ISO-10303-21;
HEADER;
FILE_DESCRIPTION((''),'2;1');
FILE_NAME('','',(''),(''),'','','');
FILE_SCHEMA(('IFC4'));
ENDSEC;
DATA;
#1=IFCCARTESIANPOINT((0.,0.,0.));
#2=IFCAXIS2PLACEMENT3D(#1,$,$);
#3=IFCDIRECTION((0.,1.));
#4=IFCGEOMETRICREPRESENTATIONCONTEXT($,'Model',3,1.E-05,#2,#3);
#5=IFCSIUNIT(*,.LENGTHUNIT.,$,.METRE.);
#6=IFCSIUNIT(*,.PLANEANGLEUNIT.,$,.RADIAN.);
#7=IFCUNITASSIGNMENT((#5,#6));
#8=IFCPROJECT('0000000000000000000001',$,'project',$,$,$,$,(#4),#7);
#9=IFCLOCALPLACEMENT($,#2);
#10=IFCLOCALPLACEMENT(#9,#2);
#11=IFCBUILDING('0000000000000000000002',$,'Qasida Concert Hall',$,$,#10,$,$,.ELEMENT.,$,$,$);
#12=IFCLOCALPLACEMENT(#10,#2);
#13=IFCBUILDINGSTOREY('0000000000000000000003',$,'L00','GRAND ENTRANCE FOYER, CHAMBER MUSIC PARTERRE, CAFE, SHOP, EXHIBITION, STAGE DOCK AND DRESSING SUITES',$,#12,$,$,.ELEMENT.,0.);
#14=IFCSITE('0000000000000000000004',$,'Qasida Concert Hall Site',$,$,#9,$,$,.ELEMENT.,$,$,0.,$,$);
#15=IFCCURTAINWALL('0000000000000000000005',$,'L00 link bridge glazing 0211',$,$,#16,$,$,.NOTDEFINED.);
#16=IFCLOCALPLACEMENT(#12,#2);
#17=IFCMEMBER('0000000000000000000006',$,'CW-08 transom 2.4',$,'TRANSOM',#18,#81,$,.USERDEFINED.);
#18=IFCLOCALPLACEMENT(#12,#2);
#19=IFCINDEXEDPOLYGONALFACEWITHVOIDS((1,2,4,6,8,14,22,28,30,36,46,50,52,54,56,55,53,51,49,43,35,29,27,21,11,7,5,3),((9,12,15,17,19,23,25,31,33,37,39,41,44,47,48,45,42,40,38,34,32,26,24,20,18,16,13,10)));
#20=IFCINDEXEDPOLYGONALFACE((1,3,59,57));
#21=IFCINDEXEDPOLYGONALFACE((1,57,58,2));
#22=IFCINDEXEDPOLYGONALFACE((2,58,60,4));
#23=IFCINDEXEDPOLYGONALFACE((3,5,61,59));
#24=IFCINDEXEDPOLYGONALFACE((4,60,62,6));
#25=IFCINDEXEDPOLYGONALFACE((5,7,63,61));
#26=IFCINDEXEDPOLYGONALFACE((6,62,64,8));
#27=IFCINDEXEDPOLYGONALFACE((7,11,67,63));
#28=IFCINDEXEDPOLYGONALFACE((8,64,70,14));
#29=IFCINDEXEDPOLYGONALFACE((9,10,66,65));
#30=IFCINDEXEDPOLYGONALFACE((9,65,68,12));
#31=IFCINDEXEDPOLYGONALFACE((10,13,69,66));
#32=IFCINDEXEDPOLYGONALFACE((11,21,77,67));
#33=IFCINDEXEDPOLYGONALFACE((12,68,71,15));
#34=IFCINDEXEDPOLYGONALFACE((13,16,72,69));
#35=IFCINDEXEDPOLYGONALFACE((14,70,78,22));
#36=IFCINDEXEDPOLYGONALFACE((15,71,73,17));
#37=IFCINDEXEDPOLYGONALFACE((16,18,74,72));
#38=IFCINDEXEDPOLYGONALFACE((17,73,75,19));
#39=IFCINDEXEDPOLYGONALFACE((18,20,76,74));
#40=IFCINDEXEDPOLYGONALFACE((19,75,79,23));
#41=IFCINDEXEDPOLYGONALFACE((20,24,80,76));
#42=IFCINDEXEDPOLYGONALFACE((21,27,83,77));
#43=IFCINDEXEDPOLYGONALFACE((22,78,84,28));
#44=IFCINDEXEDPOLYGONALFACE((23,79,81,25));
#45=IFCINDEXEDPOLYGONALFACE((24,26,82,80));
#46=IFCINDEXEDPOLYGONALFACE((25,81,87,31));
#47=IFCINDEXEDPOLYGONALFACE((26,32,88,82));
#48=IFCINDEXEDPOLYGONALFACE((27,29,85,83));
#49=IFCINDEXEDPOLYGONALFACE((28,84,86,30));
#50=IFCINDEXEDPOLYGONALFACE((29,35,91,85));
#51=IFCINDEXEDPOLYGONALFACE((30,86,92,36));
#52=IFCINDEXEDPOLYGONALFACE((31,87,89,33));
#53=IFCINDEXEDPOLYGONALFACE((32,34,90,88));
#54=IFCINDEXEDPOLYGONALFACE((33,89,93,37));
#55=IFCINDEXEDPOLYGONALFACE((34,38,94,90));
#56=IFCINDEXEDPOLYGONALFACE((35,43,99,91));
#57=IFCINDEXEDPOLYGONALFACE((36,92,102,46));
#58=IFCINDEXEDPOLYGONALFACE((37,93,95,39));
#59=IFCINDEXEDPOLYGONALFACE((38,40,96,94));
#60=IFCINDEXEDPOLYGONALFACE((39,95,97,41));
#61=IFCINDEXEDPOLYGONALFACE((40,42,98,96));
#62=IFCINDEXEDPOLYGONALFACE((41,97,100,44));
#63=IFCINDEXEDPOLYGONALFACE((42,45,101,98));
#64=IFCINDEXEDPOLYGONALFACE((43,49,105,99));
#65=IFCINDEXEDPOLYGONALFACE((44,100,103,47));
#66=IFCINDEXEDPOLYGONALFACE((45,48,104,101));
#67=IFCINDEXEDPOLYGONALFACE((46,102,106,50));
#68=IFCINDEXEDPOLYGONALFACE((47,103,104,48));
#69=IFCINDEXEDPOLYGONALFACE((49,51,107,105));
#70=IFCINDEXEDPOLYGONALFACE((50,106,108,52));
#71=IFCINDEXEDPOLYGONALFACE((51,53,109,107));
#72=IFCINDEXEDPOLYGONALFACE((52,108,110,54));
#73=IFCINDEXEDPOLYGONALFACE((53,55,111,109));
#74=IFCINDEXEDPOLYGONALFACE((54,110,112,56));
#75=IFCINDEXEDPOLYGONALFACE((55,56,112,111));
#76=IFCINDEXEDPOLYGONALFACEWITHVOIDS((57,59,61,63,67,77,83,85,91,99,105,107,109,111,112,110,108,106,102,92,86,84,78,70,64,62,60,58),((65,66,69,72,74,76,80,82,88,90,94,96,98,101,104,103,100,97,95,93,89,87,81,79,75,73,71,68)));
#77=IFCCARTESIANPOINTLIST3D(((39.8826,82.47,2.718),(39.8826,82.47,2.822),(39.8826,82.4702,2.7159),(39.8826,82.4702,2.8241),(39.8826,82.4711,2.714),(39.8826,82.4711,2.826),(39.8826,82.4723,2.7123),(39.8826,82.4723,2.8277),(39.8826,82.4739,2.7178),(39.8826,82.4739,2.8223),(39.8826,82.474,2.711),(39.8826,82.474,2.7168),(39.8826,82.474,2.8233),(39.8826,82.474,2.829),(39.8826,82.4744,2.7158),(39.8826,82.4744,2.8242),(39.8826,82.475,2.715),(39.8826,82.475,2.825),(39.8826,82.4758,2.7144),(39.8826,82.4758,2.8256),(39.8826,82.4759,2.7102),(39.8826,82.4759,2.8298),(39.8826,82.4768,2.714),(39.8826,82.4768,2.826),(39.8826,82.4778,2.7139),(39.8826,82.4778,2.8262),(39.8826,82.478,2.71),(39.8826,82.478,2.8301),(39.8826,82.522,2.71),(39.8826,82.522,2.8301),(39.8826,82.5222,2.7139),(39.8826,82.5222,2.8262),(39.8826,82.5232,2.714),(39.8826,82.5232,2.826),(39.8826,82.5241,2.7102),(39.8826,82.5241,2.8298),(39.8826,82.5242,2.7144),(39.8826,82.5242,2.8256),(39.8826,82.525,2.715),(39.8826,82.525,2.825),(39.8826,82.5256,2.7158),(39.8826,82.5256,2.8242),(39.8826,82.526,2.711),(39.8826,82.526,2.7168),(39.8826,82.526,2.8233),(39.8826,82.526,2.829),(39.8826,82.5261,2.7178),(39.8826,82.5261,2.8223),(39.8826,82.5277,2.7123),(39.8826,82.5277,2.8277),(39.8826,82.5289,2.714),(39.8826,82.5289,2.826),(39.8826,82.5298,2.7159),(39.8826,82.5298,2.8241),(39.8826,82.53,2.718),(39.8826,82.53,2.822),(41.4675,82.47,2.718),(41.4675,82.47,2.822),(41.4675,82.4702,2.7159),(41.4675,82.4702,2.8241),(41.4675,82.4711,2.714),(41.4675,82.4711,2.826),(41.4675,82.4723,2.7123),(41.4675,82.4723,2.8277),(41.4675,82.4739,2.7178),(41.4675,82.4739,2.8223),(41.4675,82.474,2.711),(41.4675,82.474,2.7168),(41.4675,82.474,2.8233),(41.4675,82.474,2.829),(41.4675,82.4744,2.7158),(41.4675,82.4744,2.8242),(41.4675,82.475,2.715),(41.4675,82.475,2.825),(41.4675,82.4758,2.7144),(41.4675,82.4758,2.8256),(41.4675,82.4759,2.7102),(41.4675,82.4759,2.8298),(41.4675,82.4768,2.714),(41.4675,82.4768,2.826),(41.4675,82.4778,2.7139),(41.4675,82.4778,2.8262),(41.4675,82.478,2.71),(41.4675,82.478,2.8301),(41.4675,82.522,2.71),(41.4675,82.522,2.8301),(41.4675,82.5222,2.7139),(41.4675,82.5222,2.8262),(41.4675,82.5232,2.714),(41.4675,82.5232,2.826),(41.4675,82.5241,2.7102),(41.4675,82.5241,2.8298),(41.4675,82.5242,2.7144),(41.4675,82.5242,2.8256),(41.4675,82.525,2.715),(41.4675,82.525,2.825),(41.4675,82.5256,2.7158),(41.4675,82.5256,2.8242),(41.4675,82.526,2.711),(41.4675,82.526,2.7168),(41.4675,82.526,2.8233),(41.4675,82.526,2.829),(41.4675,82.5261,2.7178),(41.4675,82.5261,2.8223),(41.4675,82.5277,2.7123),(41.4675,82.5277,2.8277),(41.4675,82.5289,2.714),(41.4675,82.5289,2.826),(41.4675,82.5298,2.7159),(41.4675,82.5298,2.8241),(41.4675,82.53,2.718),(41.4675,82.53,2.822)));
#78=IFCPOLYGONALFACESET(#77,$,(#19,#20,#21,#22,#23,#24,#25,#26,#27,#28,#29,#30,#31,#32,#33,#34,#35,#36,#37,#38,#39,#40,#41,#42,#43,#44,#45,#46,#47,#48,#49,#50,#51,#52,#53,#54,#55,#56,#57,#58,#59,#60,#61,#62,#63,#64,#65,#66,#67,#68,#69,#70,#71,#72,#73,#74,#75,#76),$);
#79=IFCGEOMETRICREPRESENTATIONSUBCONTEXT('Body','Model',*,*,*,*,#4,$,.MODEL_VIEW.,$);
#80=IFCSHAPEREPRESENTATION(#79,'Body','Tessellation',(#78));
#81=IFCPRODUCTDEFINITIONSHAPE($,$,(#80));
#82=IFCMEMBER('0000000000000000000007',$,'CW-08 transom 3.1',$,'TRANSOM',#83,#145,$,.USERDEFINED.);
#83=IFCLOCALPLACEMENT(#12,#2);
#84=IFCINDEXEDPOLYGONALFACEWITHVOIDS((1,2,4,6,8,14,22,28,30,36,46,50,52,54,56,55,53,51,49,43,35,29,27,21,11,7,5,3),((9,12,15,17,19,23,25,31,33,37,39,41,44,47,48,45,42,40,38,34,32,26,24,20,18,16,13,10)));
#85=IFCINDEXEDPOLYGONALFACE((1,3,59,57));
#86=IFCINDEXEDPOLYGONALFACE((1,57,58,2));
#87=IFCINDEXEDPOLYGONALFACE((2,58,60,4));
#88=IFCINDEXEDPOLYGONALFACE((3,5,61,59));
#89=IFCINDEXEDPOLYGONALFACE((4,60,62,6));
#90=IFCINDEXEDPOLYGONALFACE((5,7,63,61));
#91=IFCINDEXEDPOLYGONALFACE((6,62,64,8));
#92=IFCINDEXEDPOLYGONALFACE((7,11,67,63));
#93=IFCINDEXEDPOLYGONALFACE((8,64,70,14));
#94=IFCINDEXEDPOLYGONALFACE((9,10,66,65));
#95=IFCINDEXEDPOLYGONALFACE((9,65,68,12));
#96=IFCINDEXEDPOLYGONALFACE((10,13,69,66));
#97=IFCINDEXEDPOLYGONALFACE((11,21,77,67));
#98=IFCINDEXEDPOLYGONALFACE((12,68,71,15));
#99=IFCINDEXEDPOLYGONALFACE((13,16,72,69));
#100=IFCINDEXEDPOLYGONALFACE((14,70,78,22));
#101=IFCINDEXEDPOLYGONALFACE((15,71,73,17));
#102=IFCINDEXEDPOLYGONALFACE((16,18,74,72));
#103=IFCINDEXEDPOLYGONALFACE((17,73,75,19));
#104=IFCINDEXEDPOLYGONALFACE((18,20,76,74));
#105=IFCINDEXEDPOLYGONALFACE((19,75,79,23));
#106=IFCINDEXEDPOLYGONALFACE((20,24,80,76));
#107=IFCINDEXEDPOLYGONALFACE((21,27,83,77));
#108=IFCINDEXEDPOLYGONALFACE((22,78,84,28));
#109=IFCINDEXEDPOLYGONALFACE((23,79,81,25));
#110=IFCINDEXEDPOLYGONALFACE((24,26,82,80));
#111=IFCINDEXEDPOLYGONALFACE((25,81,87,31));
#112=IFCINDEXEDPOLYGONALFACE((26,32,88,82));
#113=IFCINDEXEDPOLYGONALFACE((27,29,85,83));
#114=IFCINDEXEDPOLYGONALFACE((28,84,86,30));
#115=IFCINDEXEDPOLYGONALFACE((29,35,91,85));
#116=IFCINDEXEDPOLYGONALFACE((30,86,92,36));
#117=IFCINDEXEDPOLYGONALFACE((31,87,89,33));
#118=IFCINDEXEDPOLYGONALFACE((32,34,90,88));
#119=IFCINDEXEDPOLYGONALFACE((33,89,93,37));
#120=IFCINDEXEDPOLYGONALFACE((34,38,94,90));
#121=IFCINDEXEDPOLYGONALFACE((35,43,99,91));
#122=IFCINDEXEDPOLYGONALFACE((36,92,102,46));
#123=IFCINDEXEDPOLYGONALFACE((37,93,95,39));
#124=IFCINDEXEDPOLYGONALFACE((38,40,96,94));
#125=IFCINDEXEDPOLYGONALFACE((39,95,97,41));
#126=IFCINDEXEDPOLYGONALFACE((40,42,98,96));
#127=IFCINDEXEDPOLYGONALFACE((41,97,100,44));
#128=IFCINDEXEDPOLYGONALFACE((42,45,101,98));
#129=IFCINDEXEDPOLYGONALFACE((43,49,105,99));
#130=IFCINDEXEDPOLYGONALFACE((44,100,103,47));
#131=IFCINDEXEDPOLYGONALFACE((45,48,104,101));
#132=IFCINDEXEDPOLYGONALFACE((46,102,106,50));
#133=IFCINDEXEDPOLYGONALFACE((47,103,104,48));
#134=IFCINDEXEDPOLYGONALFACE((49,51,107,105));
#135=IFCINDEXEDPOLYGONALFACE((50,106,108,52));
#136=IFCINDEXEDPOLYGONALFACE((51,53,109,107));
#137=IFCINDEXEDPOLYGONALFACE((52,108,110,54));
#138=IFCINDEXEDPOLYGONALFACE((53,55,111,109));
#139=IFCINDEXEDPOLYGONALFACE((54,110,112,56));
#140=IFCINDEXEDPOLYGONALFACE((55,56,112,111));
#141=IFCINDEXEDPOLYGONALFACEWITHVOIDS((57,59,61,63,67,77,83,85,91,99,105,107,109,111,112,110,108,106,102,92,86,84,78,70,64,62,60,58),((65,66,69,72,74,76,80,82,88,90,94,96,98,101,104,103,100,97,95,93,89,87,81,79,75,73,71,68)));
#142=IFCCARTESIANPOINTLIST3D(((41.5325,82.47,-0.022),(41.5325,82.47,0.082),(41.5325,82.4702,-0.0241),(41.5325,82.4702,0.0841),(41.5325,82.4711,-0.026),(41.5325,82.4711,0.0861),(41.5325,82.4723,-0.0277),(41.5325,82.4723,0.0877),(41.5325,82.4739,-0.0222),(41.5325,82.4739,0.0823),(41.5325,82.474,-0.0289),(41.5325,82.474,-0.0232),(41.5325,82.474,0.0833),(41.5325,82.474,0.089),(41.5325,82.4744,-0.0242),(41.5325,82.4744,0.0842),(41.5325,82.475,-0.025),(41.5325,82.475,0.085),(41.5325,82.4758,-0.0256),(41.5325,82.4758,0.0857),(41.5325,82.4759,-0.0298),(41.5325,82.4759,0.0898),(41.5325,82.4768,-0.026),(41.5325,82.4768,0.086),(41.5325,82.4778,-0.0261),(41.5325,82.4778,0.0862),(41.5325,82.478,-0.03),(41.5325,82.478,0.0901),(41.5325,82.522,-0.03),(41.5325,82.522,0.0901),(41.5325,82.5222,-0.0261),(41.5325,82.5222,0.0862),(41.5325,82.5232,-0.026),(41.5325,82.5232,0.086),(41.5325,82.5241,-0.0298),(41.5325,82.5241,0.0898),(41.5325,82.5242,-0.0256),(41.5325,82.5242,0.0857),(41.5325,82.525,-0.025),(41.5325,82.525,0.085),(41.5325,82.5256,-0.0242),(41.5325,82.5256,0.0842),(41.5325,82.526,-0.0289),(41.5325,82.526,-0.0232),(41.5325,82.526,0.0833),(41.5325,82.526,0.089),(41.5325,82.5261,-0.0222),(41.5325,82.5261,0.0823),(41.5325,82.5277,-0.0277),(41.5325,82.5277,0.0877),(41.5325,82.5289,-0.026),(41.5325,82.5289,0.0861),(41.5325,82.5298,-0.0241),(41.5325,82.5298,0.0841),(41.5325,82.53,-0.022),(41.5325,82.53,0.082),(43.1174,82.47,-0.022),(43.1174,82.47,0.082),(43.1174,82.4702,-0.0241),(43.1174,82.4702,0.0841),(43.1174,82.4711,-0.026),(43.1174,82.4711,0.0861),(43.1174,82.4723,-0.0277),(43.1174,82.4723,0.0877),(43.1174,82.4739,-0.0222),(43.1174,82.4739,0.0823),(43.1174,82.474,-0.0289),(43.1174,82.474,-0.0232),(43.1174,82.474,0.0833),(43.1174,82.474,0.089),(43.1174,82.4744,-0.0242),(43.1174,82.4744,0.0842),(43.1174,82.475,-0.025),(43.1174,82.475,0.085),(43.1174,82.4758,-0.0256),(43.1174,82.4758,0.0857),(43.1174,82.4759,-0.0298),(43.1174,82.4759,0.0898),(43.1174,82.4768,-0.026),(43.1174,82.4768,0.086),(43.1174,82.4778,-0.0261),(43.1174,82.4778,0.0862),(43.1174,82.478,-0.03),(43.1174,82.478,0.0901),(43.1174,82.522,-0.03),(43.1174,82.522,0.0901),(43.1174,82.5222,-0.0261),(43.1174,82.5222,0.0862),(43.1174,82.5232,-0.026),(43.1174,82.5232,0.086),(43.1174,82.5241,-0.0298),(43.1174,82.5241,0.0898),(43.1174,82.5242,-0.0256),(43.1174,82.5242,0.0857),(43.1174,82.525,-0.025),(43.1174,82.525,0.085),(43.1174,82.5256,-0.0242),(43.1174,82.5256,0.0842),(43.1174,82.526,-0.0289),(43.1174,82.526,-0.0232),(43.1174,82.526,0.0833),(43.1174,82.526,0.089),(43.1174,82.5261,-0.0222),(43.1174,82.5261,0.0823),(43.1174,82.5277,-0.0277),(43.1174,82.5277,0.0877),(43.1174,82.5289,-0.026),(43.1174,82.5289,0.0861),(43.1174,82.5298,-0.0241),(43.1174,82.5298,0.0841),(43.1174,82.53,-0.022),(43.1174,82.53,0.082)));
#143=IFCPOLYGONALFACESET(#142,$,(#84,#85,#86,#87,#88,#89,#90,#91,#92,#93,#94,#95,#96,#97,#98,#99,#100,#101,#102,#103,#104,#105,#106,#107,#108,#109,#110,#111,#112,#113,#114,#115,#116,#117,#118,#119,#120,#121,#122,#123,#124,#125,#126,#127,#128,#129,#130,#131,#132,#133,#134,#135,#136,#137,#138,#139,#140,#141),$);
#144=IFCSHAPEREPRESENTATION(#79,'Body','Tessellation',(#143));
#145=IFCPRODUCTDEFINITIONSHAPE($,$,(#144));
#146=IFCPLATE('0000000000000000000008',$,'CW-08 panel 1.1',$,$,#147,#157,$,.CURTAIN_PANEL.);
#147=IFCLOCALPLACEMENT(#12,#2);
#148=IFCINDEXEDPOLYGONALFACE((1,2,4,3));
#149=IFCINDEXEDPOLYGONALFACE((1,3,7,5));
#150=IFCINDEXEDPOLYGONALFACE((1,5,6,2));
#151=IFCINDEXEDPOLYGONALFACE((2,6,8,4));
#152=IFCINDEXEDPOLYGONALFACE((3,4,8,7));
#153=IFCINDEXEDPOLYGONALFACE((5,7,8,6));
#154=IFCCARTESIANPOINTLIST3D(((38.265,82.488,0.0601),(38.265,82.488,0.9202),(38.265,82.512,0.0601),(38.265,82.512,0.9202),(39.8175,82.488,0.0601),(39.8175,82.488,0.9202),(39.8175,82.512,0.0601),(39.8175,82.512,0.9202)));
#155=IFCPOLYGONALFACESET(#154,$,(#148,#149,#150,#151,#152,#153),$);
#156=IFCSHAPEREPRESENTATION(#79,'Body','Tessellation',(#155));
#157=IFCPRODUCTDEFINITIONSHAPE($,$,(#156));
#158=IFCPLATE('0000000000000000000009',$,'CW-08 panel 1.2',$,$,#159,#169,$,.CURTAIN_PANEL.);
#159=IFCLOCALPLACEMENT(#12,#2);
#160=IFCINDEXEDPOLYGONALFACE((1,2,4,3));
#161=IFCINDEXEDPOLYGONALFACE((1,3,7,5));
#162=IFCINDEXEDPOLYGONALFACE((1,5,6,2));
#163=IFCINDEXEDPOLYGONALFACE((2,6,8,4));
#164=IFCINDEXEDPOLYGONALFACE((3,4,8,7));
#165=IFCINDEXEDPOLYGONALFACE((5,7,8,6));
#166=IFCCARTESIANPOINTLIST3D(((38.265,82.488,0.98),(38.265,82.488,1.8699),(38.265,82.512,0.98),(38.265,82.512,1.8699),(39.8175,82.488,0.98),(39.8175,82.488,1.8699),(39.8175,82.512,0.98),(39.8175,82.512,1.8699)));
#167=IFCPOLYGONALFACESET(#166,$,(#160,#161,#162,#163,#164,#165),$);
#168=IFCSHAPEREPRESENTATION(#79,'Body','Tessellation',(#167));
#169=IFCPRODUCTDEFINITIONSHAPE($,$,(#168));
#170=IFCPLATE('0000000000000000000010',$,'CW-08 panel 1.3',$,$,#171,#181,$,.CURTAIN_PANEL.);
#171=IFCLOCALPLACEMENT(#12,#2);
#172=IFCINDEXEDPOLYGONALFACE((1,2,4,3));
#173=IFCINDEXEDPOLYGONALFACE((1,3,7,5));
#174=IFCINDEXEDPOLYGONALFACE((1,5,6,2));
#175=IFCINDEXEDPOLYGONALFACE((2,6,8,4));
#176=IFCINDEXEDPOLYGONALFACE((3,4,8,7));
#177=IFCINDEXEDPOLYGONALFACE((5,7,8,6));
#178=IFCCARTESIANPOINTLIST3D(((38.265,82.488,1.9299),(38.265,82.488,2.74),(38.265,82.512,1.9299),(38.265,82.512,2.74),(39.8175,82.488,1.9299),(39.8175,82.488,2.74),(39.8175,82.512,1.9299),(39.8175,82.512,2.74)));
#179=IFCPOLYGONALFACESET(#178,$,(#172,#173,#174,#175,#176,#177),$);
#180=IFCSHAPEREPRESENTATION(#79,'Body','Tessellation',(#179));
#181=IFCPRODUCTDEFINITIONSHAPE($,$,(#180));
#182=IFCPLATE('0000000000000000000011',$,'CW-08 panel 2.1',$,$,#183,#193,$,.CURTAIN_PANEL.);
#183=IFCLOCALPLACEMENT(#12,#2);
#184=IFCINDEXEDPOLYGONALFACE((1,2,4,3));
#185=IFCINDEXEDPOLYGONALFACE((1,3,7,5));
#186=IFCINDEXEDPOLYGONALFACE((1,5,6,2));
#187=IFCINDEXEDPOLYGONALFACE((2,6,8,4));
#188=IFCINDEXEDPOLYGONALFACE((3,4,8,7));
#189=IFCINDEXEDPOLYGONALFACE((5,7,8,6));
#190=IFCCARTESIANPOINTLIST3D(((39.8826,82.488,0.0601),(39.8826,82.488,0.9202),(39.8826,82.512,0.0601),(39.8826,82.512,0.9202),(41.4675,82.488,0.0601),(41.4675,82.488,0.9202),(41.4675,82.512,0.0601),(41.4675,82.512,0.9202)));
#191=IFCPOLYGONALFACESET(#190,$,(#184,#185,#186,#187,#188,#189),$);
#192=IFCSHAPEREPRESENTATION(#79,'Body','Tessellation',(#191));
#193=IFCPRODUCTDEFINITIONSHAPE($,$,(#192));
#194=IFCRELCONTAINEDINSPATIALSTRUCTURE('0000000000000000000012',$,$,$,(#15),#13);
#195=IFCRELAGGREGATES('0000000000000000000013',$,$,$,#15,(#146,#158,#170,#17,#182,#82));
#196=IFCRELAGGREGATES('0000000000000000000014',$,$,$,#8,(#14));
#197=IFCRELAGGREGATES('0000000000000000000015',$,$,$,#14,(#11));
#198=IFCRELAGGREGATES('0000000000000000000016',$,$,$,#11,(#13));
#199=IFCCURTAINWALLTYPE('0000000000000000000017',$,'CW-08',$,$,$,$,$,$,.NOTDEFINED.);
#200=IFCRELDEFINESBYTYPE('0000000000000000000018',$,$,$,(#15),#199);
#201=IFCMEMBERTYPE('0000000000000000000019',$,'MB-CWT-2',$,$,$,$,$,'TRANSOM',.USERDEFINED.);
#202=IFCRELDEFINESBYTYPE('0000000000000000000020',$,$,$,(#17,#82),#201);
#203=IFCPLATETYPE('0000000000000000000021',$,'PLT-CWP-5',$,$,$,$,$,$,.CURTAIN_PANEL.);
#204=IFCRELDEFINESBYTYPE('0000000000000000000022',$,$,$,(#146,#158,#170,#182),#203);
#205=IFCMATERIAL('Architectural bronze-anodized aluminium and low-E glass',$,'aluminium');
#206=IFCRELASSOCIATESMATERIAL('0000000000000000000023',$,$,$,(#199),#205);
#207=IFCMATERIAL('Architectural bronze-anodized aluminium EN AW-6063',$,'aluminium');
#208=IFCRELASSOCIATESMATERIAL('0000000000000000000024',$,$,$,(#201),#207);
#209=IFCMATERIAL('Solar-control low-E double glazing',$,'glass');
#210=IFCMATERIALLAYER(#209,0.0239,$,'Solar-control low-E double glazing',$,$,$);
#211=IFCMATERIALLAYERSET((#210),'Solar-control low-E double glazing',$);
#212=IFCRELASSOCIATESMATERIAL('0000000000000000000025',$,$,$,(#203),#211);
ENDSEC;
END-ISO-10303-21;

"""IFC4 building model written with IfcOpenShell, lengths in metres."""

from ifc_helpers import new_model, si_unit, direction, frame, origin, origin_2d, place, context, subcontext, project, spatial, rectangle, hollow_rectangle, extrude, material, layer, layer_set, material_profile, profile_set, type_object, element, aggregate, save


model = new_model("IFC4")

# Units and contexts
model_context = context("Model", 3, precision=1e-05, world=origin(), true_north=direction((0.0, 1.0)))
body_context = subcontext(model_context, "Body", "Model", "MODEL_VIEW")
ifc_project = project(units=[si_unit("LENGTHUNIT", "METRE"), si_unit("PLANEANGLEUNIT", "RADIAN")], contexts=[model_context])

# Site, building, storey
site_placement = place(None, origin())
site = spatial("IfcSite", under=ifc_project, at=site_placement, Name="Qasida Concert Hall Site", CompositionType="ELEMENT", RefElevation=0.0)
building_placement = place(site_placement, origin())
building = spatial("IfcBuilding", under=site, at=building_placement, Name="Qasida Concert Hall", CompositionType="ELEMENT")
storey_placement = place(building_placement, origin())
storey = spatial("IfcBuildingStorey", under=building, at=storey_placement, Name="L00", Description="GRAND ENTRANCE FOYER, CHAMBER MUSIC PARTERRE, CAFE, SHOP, EXHIBITION, STAGE DOCK AND DRESSING SUITES", CompositionType="ELEMENT", Elevation=0.0)

# Curtain wall, members, plates
ifc_material_1 = material(Name="Architectural bronze-anodized aluminium and low-E glass", Category="aluminium")
curtain_wall_type = type_object("IfcCurtainWallType", Name="CW-08", PredefinedType="NOTDEFINED", material=ifc_material_1)
curtain_wall_placement = place(storey_placement, origin())
curtain_wall = element("IfcCurtainWall", 1, at=curtain_wall_placement, inside=storey, type_object=curtain_wall_type, Name="L00 link bridge glazing 0211", PredefinedType="NOTDEFINED")
ifc_material_2 = material(Name="Architectural bronze-anodized aluminium EN AW-6063", Category="aluminium")
ifc_material_profile_1 = material_profile(ifc_material_2, hollow_rectangle(XDim=0.0601, YDim=0.1201, WallThickness=0.0039, InnerFilletRadius=0.0039, OuterFilletRadius=0.0081, at=origin_2d()), Name="CWT 120x60x4")
ifc_profile_set_1 = profile_set([ifc_material_profile_1], Name="Architectural bronze-anodized aluminium EN AW-6063")
member_type_1 = type_object("IfcMemberType", Name="MB-CWT-2", ElementType="TRANSOM", PredefinedType="USERDEFINED", material=ifc_profile_set_1)
member_1_placement = place(storey_placement, frame((39.8826, 82.5, 2.77), z_axis=(1.0, 0.0, 0.0), x_axis=(0.0, 1.0, 0.0)))
member_1 = element("IfcMember", 2, at=member_1_placement, type_object=member_type_1, Name="CW-08 transom 2.4", ObjectType="TRANSOM", PredefinedType="USERDEFINED", context=body_context, shape_type="SweptSolid", body=[
    extrude(hollow_rectangle(XDim=0.0601, YDim=0.1201, WallThickness=0.0039, InnerFilletRadius=0.0039, OuterFilletRadius=0.0081, at=origin_2d()), origin(), (0.0, 0.0, 1.0), 1.585),
])
member_2_placement = place(storey_placement, frame((41.5325, 82.5, 0.03), z_axis=(1.0, 0.0, 0.0), x_axis=(0.0, 1.0, 0.0)))
member_2 = element("IfcMember", 3, at=member_2_placement, type_object=member_type_1, Name="CW-08 transom 3.1", ObjectType="TRANSOM", PredefinedType="USERDEFINED", context=body_context, shape_type="SweptSolid", body=[
    extrude(hollow_rectangle(XDim=0.0601, YDim=0.1201, WallThickness=0.0039, InnerFilletRadius=0.0039, OuterFilletRadius=0.0081, at=origin_2d()), origin(), (0.0, 0.0, 1.0), 1.585),
])
ifc_material_3 = material(Name="Solar-control low-E double glazing", Category="glass")
ifc_layer = layer(ifc_material_3, 0.0239, Name="Solar-control low-E double glazing")
ifc_layer_set = layer_set([ifc_layer], Name="Solar-control low-E double glazing")
plate_type = type_object("IfcPlateType", Name="PLT-CWP-5", PredefinedType="CURTAIN_PANEL", material=ifc_layer_set)
plate_1_placement = place(storey_placement, frame((39.0413, 82.5, 0.0601), z_axis=(0.0, 0.0, 1.0), x_axis=(1.0, 0.0, 0.0)))
plate_1 = element("IfcPlate", 4, at=plate_1_placement, type_object=plate_type, Name="CW-08 panel 1.1", PredefinedType="CURTAIN_PANEL", context=body_context, shape_type="SweptSolid", body=[
    extrude(rectangle(XDim=1.5525, YDim=0.0239, at=origin_2d()), origin(), (0.0, 0.0, 1.0), 0.8601),
])
plate_2_placement = place(storey_placement, frame((39.0413, 82.5, 0.98), z_axis=(0.0, 0.0, 1.0), x_axis=(1.0, 0.0, 0.0)))
plate_2 = element("IfcPlate", 5, at=plate_2_placement, type_object=plate_type, Name="CW-08 panel 1.2", PredefinedType="CURTAIN_PANEL", context=body_context, shape_type="SweptSolid", body=[
    extrude(rectangle(XDim=1.5525, YDim=0.0239, at=origin_2d()), origin(), (0.0, 0.0, 1.0), 0.8899),
])
plate_3_placement = place(storey_placement, frame((39.0413, 82.5, 1.9299), z_axis=(0.0, 0.0, 1.0), x_axis=(1.0, 0.0, 0.0)))
plate_3 = element("IfcPlate", 6, at=plate_3_placement, type_object=plate_type, Name="CW-08 panel 1.3", PredefinedType="CURTAIN_PANEL", context=body_context, shape_type="SweptSolid", body=[
    extrude(rectangle(XDim=1.5525, YDim=0.0239, at=origin_2d()), origin(), (0.0, 0.0, 1.0), 0.8101),
])
plate_4_placement = place(storey_placement, frame((40.675, 82.5, 0.0601), z_axis=(0.0, 0.0, 1.0), x_axis=(1.0, 0.0, 0.0)))
plate_4 = element("IfcPlate", 7, at=plate_4_placement, type_object=plate_type, Name="CW-08 panel 2.1", PredefinedType="CURTAIN_PANEL", context=body_context, shape_type="SweptSolid", body=[
    extrude(rectangle(XDim=1.585, YDim=0.0239, at=origin_2d()), origin(), (0.0, 0.0, 1.0), 0.8601),
])
aggregate(curtain_wall, [plate_1, plate_2, plate_3, member_1, plate_4, member_2])

save(model, "model.ifc")
